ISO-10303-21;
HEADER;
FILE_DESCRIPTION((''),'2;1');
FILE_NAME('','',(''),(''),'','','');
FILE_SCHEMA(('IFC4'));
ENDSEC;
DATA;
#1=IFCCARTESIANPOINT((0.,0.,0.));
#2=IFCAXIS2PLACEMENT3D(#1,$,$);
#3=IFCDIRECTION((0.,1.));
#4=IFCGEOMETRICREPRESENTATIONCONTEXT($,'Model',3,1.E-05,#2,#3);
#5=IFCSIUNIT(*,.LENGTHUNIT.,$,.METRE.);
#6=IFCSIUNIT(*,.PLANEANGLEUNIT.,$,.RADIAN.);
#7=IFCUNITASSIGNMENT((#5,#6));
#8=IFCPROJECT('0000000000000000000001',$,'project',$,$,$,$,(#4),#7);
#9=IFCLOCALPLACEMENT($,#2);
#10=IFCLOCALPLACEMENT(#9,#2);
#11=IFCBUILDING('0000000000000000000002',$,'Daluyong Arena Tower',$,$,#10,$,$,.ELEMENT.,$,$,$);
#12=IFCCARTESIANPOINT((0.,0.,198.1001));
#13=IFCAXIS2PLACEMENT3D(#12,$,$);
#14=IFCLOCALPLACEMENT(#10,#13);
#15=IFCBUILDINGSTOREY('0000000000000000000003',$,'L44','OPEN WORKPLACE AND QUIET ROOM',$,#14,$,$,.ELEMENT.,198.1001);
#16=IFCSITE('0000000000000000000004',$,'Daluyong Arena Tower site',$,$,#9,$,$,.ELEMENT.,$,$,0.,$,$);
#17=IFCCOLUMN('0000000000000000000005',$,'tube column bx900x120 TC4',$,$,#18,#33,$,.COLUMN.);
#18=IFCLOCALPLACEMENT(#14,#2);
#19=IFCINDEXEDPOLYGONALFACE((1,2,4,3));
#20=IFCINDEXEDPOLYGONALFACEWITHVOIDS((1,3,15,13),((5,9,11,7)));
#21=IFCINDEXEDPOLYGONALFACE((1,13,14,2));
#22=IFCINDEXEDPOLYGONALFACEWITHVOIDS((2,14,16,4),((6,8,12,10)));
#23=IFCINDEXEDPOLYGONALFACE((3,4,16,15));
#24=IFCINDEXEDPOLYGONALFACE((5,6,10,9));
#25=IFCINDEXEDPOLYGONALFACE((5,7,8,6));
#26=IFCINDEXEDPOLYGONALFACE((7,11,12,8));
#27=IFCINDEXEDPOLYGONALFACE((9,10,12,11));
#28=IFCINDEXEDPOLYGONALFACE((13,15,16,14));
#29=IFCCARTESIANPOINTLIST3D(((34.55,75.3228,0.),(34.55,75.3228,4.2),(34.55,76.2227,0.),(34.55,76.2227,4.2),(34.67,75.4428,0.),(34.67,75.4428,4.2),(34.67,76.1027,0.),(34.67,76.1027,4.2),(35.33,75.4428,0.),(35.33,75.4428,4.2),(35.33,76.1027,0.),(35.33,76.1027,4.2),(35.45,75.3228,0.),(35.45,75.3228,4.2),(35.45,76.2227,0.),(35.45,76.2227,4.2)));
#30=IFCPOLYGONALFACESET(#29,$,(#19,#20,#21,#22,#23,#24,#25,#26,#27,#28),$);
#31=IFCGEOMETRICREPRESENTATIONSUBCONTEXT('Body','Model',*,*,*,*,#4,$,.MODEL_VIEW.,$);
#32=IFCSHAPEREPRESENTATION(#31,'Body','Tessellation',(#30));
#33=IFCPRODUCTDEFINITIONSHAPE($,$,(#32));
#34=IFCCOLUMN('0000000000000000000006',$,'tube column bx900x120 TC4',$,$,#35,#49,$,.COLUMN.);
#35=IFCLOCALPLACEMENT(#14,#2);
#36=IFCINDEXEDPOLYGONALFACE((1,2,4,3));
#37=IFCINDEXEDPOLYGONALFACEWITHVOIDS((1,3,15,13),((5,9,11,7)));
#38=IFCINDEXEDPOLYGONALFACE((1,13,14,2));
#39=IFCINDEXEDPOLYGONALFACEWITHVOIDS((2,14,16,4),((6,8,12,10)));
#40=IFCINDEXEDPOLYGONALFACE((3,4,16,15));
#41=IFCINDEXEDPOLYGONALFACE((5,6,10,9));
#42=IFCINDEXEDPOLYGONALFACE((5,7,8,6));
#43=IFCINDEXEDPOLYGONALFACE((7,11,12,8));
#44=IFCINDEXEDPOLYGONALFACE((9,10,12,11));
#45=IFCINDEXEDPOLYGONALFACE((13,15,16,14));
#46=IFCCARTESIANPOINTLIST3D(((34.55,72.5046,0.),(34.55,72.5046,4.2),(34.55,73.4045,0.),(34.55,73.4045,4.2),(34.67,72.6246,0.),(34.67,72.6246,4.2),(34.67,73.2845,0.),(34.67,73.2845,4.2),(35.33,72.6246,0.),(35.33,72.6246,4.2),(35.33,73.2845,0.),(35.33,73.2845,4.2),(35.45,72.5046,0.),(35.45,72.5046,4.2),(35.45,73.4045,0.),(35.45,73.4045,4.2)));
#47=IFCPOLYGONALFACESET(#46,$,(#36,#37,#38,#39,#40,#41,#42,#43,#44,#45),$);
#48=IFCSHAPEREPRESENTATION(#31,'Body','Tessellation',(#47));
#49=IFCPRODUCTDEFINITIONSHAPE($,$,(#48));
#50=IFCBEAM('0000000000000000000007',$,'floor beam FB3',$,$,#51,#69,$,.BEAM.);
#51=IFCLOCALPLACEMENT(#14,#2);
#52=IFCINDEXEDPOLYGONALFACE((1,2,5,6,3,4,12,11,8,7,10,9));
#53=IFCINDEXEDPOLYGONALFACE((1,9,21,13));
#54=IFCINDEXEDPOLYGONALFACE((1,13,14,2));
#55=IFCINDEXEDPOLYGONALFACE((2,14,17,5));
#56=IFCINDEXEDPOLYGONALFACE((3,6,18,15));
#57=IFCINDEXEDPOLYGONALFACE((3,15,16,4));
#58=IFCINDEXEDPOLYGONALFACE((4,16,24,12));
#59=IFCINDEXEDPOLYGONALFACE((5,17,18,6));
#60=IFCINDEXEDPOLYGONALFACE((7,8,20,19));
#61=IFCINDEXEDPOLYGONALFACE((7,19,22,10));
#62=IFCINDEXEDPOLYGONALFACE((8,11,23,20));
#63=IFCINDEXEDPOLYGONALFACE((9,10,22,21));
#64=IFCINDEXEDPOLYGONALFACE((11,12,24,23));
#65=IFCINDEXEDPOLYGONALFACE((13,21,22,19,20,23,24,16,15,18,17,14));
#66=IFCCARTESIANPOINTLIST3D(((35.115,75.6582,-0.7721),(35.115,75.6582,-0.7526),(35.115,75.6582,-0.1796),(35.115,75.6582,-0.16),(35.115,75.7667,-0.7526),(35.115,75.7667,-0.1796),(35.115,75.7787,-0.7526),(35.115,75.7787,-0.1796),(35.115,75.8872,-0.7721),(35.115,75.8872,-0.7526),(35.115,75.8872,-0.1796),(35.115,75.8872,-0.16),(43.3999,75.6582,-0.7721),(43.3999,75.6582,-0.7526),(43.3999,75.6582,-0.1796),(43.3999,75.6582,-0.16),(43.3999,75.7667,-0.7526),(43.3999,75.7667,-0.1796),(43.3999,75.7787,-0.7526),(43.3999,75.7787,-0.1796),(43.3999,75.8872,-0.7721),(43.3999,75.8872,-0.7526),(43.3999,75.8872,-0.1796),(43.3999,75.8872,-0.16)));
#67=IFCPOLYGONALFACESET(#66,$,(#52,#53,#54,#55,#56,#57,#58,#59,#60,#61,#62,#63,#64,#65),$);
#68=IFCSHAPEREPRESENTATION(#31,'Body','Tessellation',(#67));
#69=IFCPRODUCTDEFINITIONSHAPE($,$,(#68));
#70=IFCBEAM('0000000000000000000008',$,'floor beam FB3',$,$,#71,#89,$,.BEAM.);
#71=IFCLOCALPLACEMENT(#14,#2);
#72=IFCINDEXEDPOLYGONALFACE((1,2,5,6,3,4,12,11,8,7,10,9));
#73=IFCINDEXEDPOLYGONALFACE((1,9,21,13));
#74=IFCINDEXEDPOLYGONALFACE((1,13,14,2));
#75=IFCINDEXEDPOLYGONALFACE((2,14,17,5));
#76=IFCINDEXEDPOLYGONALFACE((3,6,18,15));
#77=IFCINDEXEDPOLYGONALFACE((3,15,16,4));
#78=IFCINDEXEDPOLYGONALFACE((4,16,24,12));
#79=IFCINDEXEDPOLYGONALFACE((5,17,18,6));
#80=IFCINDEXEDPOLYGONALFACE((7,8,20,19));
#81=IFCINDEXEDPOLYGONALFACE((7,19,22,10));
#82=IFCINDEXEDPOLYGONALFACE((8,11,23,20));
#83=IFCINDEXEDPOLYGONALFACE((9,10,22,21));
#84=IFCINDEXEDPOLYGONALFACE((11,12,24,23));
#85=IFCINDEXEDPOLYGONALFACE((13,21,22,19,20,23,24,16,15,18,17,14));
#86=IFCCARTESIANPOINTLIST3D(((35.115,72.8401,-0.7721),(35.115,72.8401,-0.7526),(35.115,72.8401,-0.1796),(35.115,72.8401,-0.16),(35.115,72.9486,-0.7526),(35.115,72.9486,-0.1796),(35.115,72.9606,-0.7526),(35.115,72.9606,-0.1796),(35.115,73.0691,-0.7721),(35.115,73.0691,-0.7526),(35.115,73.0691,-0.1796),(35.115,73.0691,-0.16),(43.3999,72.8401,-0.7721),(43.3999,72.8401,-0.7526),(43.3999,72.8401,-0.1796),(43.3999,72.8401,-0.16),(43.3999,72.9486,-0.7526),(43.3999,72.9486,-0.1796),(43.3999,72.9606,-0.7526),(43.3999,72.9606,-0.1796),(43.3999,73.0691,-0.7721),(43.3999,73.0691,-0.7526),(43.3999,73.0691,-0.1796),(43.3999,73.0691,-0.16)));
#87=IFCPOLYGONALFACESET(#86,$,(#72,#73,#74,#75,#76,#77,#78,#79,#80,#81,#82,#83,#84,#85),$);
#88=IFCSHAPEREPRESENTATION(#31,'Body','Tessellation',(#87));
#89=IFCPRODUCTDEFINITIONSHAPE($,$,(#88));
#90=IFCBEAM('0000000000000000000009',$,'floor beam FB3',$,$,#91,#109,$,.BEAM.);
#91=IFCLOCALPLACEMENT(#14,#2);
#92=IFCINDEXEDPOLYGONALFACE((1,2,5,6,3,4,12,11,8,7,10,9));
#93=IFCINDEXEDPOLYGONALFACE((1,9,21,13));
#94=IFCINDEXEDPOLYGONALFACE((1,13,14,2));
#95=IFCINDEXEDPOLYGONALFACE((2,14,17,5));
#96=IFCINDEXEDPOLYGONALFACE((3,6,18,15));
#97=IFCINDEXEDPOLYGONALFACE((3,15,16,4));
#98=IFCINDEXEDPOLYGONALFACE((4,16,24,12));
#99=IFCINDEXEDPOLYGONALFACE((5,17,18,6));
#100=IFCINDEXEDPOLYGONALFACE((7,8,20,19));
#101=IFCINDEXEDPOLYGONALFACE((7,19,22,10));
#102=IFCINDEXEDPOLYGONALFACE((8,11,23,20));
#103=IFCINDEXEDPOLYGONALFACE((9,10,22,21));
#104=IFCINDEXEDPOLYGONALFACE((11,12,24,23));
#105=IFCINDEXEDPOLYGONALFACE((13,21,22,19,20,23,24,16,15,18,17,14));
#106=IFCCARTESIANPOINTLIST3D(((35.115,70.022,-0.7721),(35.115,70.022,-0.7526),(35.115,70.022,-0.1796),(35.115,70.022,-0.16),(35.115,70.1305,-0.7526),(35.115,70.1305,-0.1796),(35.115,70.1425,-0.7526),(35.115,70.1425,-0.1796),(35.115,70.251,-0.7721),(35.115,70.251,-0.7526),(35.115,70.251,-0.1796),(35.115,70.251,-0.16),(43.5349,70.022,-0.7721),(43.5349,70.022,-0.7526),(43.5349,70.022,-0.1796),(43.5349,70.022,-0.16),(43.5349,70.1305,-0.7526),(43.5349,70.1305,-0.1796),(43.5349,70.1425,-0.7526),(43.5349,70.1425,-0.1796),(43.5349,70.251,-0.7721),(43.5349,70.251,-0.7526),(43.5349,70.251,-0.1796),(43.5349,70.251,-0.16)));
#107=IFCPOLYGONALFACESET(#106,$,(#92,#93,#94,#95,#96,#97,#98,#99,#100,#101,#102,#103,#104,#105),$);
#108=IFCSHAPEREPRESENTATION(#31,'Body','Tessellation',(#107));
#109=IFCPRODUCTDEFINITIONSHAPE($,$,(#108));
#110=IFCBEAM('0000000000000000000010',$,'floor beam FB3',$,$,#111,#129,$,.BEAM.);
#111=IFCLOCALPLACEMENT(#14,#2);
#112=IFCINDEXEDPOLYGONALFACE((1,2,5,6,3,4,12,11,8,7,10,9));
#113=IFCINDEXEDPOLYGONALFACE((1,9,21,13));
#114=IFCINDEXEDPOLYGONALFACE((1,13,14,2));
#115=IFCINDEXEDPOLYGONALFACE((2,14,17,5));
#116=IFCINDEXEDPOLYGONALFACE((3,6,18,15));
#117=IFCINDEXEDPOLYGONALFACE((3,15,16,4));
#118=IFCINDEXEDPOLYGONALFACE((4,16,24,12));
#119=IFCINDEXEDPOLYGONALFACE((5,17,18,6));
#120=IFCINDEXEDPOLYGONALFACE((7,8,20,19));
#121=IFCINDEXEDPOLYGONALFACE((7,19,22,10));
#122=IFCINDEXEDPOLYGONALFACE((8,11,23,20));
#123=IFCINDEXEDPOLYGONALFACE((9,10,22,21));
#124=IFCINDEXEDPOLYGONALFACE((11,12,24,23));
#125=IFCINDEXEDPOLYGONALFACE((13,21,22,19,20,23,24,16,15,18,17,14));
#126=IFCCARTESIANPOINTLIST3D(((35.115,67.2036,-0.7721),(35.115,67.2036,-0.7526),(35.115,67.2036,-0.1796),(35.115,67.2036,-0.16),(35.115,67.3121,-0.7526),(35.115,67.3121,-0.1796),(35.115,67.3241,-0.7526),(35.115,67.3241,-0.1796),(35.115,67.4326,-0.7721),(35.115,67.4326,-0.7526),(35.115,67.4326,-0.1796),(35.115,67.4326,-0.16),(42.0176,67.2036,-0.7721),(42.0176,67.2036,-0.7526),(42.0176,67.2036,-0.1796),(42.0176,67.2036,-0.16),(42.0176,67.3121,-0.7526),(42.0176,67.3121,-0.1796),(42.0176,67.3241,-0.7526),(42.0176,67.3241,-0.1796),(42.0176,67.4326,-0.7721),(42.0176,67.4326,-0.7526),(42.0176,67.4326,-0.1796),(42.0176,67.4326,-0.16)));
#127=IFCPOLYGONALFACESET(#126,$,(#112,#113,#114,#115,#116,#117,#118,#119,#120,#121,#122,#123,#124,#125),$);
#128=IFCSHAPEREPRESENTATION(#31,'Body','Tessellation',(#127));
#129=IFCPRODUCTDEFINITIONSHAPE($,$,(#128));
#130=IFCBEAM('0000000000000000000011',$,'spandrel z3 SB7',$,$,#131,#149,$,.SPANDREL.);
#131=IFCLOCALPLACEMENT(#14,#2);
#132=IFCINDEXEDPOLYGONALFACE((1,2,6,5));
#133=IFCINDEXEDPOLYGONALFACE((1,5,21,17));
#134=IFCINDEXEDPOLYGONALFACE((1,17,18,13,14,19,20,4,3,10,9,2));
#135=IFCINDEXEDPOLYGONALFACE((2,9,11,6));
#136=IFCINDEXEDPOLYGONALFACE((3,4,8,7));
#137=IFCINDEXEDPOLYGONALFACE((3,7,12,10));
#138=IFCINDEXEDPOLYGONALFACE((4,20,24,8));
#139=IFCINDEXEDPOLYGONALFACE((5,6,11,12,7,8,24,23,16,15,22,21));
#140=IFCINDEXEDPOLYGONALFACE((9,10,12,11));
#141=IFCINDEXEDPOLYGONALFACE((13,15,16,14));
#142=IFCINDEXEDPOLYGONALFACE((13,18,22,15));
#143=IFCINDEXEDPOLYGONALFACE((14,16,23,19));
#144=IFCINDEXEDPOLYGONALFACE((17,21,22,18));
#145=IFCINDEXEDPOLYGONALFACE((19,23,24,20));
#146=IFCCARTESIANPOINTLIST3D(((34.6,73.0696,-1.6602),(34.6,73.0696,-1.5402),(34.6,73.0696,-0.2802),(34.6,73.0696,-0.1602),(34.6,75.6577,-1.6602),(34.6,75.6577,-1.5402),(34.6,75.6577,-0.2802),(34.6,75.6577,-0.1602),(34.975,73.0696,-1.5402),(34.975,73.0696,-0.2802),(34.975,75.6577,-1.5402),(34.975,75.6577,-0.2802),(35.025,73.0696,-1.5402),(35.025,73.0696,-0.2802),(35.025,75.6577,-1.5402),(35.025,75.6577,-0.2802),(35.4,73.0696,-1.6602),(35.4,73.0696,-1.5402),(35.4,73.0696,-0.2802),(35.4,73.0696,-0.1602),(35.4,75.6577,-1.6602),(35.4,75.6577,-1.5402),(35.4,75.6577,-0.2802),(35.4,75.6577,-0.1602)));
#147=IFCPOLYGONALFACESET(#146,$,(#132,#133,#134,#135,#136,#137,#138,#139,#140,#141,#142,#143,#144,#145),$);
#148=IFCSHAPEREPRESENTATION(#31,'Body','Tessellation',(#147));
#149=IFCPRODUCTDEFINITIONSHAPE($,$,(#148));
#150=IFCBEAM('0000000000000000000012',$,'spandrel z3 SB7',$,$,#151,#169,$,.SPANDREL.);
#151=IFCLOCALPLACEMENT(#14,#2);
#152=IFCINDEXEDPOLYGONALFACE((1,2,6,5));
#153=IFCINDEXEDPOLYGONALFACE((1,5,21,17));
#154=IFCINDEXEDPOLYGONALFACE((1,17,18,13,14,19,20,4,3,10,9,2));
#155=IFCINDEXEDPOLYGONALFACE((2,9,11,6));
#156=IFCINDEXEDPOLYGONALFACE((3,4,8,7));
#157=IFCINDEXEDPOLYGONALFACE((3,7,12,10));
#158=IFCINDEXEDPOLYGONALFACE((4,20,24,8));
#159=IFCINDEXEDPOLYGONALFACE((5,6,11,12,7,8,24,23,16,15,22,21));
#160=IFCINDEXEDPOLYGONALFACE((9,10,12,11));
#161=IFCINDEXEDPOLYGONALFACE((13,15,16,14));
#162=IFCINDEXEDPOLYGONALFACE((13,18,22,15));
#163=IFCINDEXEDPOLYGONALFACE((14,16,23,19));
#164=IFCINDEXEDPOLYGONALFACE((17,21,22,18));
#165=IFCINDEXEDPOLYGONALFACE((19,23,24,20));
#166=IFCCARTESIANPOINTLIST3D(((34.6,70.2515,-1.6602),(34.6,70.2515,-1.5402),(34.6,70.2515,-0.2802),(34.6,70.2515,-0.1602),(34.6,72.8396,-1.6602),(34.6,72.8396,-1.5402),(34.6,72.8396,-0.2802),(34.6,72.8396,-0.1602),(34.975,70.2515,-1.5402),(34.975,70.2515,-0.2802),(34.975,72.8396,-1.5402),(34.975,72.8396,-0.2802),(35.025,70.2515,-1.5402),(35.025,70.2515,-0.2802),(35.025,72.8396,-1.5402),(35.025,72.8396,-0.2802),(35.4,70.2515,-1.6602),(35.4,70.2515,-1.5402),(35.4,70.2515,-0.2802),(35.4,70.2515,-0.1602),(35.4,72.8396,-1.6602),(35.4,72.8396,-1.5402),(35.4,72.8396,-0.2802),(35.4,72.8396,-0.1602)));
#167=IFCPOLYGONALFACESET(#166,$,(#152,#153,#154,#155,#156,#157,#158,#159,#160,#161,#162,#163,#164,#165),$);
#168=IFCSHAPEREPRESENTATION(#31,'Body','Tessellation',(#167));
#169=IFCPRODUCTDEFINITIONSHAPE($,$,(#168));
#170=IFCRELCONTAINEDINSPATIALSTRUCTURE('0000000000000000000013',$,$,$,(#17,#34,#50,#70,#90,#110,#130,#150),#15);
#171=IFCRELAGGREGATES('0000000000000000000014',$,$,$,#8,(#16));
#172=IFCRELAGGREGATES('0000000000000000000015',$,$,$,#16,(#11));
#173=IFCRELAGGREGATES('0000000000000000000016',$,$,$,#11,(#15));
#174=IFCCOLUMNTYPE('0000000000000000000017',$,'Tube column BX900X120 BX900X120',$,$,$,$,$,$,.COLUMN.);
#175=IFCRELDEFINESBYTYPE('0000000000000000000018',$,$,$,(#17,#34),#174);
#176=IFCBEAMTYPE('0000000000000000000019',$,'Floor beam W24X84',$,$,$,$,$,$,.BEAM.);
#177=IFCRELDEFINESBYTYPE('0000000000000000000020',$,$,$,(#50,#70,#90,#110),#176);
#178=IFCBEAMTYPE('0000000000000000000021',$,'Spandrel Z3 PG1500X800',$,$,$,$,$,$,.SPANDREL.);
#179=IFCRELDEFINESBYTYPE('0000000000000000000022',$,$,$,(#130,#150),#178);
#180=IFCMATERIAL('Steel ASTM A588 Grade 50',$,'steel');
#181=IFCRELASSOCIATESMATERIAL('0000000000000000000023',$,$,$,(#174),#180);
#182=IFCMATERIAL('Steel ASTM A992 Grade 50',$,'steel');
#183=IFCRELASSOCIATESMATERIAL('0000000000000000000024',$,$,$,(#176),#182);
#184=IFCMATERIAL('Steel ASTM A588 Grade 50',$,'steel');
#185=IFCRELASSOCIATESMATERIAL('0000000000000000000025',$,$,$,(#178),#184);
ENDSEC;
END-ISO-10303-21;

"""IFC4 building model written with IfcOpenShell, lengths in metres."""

from ifc_helpers import new_model, si_unit, direction, frame, origin, origin_2d, place, context, subcontext, project, spatial, hollow_rectangle, i_section, extrude, material, material_profile, profile_set, type_object, element, save


model = new_model("IFC4")

# Units and contexts
model_context = context("Model", 3, precision=1e-05, world=origin(), true_north=direction((0.0, 1.0)))
body_context = subcontext(model_context, "Body", "Model", "MODEL_VIEW")
ifc_project = project(units=[si_unit("LENGTHUNIT", "METRE"), si_unit("PLANEANGLEUNIT", "RADIAN")], contexts=[model_context])

# Site, building, storey
site_placement = place(None, origin())
site = spatial("IfcSite", under=ifc_project, at=site_placement, Name="Daluyong Arena Tower site", CompositionType="ELEMENT", RefElevation=0.0)
building_placement = place(site_placement, origin())
building = spatial("IfcBuilding", under=site, at=building_placement, Name="Daluyong Arena Tower", CompositionType="ELEMENT")
storey_placement = place(building_placement, frame((0.0, 0.0, 198.1001)))
storey = spatial("IfcBuildingStorey", under=building, at=storey_placement, Name="L44", Description="OPEN WORKPLACE AND QUIET ROOM", CompositionType="ELEMENT", Elevation=198.1001)

# Columns
ifc_material_1 = material(Name="Steel ASTM A588 Grade 50", Category="steel")
ifc_material_profile_1 = material_profile(ifc_material_1, hollow_rectangle(XDim=0.8999, YDim=0.8999, WallThickness=0.12, at=origin_2d()))
ifc_profile_set_1 = profile_set([ifc_material_profile_1], Name="Steel ASTM A588 Grade 50")
column_type = type_object("IfcColumnType", Name="Tube column BX900X120 BX900X120", PredefinedType="COLUMN", material=ifc_profile_set_1)
for number, where, z_axis, x_axis, name in (
    (1, (35.0, 75.7727, 0.0), (0.0, 0.0, 1.0), (0.0, 1.0, 0.0), "tube column bx900x120 TC4"),
    (2, (35.0, 72.9546, 0.0), (0.0, 0.0, 1.0), (0.0, 1.0, 0.0), "tube column bx900x120 TC4"),
):
    element("IfcColumn", number, at=place(storey_placement, frame(where, z_axis=z_axis, x_axis=x_axis)), inside=storey, type_object=column_type, Name=name, PredefinedType="COLUMN", context=body_context, shape_type="SweptSolid", body=[
        extrude(hollow_rectangle(XDim=0.8999, YDim=0.8999, WallThickness=0.12, at=origin_2d()), origin(), (0.0, 0.0, 1.0), 4.2),
    ])

# Beams
ifc_material_2 = material(Name="Steel ASTM A992 Grade 50", Category="steel")
ifc_material_profile_2 = material_profile(ifc_material_2, i_section(OverallWidth=0.229, OverallDepth=0.6121, WebThickness=0.012, FlangeThickness=0.0195, at=origin_2d()))
ifc_profile_set_2 = profile_set([ifc_material_profile_2], Name="Steel ASTM A992 Grade 50")
beam_type_1 = type_object("IfcBeamType", Name="Floor beam W24X84", PredefinedType="BEAM", material=ifc_profile_set_2)
for number, where, z_axis, x_axis, name in (
    (3, (35.115, 75.7727, -0.4661), (1.0, 0.0, 0.0), (0.0, 1.0, 0.0), "floor beam FB3"),
    (4, (35.115, 72.9546, -0.4661), (1.0, 0.0, 0.0), (0.0, 1.0, 0.0), "floor beam FB3"),
):
    element("IfcBeam", number, at=place(storey_placement, frame(where, z_axis=z_axis, x_axis=x_axis)), inside=storey, type_object=beam_type_1, Name=name, PredefinedType="BEAM", context=body_context, shape_type="SweptSolid", body=[
        extrude(i_section(OverallWidth=0.229, OverallDepth=0.6121, WebThickness=0.012, FlangeThickness=0.0195, at=origin_2d()), origin(), (0.0, 0.0, 1.0), 8.2849),
    ])
beam_1_placement = place(storey_placement, frame((35.115, 70.1365, -0.4661), z_axis=(1.0, 0.0, 0.0), x_axis=(0.0, 1.0, 0.0)))
element("IfcBeam", 5, at=beam_1_placement, inside=storey, type_object=beam_type_1, Name="floor beam FB3", PredefinedType="BEAM", context=body_context, shape_type="SweptSolid", body=[
    extrude(i_section(OverallWidth=0.229, OverallDepth=0.6121, WebThickness=0.012, FlangeThickness=0.0195, at=origin_2d()), origin(), (0.0, 0.0, 1.0), 8.4199),
])
beam_2_placement = place(storey_placement, frame((35.115, 67.3181, -0.4661), z_axis=(1.0, 0.0, 0.0), x_axis=(0.0, 1.0, 0.0)))
element("IfcBeam", 6, at=beam_2_placement, inside=storey, type_object=beam_type_1, Name="floor beam FB3", PredefinedType="BEAM", context=body_context, shape_type="SweptSolid", body=[
    extrude(i_section(OverallWidth=0.229, OverallDepth=0.6121, WebThickness=0.012, FlangeThickness=0.0195, at=origin_2d()), origin(), (0.0, 0.0, 1.0), 6.9026),
])
ifc_material_3 = material(Name="Steel ASTM A588 Grade 50", Category="steel")
ifc_material_profile_3 = material_profile(ifc_material_3, i_section(OverallWidth=0.8, OverallDepth=1.5, WebThickness=0.05, FlangeThickness=0.12, at=origin_2d()))
ifc_profile_set_3 = profile_set([ifc_material_profile_3], Name="Steel ASTM A588 Grade 50")
beam_type_2 = type_object("IfcBeamType", Name="Spandrel Z3 PG1500X800", PredefinedType="SPANDREL", material=ifc_profile_set_3)
for number, where, z_axis, x_axis, name in (
    (7, (35.0, 75.6577, -0.9102), (0.0, -1.0, 0.0), (1.0, 0.0, 0.0), "spandrel z3 SB7"),
    (8, (35.0, 72.8396, -0.9102), (0.0, -1.0, 0.0), (1.0, 0.0, 0.0), "spandrel z3 SB7"),
):
    element("IfcBeam", number, at=place(storey_placement, frame(where, z_axis=z_axis, x_axis=x_axis)), inside=storey, type_object=beam_type_2, Name=name, PredefinedType="SPANDREL", context=body_context, shape_type="SweptSolid", body=[
        extrude(i_section(OverallWidth=0.8, OverallDepth=1.5, WebThickness=0.05, FlangeThickness=0.12, at=origin_2d()), origin(), (0.0, 0.0, 1.0), 2.5881),
    ])

save(model, "model.ifc")
